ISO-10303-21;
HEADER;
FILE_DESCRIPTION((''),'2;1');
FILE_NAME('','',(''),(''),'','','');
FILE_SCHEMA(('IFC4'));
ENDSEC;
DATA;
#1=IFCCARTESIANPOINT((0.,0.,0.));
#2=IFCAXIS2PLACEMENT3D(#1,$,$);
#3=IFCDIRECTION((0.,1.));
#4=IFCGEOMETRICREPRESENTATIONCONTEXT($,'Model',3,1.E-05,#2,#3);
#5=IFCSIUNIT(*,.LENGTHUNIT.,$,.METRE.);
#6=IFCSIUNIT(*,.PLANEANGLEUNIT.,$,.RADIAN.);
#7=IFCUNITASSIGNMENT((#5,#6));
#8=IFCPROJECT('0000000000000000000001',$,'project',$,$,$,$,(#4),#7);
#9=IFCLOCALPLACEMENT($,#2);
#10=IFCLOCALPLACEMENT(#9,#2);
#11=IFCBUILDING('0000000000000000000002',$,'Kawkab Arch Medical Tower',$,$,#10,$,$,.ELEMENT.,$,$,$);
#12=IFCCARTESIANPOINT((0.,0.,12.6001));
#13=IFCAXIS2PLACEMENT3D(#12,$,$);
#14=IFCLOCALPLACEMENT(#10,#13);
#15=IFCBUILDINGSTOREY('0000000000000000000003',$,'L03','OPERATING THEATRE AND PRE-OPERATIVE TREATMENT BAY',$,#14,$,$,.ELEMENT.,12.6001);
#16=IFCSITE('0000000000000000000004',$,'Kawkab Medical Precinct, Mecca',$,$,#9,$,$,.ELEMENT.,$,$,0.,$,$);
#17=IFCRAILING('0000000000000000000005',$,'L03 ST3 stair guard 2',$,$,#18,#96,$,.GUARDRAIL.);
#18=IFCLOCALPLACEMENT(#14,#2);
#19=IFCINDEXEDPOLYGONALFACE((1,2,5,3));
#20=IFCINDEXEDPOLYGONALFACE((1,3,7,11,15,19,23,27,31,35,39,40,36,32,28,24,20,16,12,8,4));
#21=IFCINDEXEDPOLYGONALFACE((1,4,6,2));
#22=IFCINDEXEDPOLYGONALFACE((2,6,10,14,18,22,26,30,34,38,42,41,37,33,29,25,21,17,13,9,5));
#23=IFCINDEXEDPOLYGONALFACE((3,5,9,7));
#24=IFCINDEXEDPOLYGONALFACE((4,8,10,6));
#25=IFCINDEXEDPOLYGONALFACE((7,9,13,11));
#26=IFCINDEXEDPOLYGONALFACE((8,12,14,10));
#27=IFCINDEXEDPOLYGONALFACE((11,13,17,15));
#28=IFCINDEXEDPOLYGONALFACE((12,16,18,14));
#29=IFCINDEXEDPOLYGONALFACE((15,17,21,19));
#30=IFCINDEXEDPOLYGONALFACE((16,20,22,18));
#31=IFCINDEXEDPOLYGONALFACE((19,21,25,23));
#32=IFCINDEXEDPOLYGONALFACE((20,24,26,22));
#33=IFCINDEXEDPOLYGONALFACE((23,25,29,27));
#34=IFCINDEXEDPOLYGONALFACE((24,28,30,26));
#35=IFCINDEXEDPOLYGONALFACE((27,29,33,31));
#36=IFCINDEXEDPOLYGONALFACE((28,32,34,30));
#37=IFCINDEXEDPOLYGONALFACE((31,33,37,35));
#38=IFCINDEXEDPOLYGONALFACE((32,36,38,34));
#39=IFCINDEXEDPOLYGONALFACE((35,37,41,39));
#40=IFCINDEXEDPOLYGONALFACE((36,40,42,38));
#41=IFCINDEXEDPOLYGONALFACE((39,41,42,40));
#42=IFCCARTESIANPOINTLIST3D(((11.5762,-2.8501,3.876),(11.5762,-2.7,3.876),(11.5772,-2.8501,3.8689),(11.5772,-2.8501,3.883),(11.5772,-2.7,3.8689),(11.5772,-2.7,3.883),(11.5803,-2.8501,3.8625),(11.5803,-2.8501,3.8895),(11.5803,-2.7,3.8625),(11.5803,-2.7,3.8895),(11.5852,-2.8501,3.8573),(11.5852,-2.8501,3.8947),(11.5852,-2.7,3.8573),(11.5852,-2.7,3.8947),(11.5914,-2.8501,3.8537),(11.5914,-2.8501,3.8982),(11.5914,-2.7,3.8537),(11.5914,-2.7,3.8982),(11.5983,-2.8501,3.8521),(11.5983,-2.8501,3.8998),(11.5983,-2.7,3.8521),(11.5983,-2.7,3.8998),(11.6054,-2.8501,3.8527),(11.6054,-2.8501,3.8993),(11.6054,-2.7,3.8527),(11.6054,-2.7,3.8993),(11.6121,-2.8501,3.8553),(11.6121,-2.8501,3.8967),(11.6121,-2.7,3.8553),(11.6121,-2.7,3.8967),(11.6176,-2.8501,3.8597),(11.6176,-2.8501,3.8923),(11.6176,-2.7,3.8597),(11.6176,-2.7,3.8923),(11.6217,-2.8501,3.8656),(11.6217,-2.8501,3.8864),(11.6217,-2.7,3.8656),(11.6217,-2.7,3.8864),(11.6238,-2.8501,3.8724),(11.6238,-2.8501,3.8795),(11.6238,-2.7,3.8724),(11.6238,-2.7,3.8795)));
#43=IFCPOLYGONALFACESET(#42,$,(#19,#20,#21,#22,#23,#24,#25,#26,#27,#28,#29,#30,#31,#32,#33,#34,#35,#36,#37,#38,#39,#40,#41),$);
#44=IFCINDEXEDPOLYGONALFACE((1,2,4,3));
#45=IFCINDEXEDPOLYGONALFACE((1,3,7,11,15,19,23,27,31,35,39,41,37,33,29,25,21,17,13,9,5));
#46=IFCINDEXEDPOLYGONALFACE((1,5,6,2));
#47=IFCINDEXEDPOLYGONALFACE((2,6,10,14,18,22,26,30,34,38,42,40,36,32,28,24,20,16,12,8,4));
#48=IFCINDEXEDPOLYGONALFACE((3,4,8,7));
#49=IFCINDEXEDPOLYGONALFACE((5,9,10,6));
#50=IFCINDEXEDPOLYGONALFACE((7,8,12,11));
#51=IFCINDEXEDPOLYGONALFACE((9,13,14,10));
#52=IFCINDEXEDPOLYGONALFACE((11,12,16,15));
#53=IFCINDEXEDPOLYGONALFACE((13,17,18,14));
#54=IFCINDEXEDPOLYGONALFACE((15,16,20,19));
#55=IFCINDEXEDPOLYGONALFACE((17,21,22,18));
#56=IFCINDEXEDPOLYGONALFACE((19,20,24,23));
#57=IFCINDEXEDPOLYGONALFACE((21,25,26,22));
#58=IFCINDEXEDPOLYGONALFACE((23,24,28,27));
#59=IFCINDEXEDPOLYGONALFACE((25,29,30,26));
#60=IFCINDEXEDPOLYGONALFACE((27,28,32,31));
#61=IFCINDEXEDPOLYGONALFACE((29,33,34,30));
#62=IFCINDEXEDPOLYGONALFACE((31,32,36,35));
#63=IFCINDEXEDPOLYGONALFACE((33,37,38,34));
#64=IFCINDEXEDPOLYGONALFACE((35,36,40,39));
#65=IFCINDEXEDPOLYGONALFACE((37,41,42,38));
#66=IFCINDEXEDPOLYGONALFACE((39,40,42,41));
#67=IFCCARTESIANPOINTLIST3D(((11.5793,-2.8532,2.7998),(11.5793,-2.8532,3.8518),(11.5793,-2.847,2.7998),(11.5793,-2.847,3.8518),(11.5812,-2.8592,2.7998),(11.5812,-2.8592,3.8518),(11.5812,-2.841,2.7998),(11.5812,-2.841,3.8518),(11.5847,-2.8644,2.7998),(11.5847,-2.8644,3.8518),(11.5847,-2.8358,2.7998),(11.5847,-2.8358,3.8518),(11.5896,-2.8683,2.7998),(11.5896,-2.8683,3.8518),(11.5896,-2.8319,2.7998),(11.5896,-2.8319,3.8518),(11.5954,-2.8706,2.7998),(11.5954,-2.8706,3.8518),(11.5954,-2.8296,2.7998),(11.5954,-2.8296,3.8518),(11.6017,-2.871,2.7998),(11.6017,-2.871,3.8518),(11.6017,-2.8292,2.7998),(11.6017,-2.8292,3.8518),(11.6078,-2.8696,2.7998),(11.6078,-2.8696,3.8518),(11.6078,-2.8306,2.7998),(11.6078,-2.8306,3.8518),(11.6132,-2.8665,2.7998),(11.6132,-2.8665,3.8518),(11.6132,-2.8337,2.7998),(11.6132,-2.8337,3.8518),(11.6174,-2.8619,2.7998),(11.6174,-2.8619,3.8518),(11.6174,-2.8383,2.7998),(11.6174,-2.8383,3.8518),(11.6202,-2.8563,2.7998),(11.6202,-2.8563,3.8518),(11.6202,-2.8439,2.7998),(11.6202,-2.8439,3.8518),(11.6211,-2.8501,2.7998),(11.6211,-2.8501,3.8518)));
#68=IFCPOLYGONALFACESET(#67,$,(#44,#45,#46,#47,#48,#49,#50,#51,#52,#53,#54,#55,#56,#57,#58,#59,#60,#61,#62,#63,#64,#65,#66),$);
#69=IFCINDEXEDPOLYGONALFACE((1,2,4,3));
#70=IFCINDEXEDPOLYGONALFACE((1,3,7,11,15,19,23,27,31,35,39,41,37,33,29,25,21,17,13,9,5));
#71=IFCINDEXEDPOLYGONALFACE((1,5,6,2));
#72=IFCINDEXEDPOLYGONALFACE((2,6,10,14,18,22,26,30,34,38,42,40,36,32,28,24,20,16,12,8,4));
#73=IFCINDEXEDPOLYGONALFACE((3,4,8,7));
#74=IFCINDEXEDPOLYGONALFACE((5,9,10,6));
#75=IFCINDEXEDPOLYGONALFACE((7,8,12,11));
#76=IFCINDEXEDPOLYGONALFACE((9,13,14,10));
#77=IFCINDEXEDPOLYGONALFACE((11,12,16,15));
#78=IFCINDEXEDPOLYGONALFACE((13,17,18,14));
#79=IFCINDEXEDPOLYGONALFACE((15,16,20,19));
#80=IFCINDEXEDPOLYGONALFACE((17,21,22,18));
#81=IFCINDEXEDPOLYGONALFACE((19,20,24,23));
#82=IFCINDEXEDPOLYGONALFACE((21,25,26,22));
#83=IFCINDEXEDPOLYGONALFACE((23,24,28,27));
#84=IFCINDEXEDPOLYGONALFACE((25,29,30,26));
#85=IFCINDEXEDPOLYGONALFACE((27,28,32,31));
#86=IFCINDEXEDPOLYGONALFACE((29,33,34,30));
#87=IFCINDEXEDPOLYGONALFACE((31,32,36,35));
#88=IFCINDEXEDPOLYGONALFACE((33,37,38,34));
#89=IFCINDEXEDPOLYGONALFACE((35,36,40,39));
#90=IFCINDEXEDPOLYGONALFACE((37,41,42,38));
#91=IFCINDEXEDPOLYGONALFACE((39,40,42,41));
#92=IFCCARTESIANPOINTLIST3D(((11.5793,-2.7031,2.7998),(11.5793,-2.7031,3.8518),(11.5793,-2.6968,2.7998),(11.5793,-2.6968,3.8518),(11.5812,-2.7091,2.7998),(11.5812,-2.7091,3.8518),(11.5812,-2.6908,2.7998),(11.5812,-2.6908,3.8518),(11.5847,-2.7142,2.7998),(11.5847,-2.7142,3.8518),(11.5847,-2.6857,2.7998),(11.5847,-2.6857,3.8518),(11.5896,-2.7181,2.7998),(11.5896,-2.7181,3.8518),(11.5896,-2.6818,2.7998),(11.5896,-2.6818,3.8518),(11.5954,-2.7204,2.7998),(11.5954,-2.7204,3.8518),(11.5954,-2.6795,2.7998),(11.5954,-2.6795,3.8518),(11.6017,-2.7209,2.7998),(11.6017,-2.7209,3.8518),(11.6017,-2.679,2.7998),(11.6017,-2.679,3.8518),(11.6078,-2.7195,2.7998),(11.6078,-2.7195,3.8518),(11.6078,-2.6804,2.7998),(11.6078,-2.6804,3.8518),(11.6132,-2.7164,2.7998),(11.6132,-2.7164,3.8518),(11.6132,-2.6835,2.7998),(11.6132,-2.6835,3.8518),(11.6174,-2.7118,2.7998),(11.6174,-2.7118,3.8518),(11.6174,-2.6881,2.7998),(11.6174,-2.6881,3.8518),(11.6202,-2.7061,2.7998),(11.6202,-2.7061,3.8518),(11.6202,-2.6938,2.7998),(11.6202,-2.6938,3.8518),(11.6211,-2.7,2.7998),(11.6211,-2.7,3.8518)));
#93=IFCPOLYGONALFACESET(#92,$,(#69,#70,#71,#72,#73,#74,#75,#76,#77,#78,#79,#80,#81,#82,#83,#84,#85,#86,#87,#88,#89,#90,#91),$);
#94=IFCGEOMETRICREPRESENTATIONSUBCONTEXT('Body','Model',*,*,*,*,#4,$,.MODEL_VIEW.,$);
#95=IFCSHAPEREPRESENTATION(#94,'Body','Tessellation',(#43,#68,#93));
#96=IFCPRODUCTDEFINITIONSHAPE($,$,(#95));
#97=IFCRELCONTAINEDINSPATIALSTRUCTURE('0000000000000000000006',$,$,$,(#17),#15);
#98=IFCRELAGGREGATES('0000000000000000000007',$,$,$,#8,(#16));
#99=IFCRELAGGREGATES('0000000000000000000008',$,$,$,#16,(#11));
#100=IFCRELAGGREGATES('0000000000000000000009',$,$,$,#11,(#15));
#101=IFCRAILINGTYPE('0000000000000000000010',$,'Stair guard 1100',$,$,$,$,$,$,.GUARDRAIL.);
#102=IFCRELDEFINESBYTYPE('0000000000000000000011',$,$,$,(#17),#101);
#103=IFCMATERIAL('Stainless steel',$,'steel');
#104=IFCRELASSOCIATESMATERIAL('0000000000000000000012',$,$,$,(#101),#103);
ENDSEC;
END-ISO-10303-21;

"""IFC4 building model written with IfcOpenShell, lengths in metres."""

from ifc_helpers import new_model, si_unit, direction, frame, origin, origin_2d, place, context, subcontext, project, spatial, circle, extrude, material, type_object, element, save


model = new_model("IFC4")

# Units and contexts
model_context = context("Model", 3, precision=1e-05, world=origin(), true_north=direction((0.0, 1.0)))
body_context = subcontext(model_context, "Body", "Model", "MODEL_VIEW")
ifc_project = project(units=[si_unit("LENGTHUNIT", "METRE"), si_unit("PLANEANGLEUNIT", "RADIAN")], contexts=[model_context])

# Site, building, storey
site_placement = place(None, origin())
site = spatial("IfcSite", under=ifc_project, at=site_placement, Name="Kawkab Medical Precinct, Mecca", CompositionType="ELEMENT", RefElevation=0.0)
building_placement = place(site_placement, origin())
building = spatial("IfcBuilding", under=site, at=building_placement, Name="Kawkab Arch Medical Tower", CompositionType="ELEMENT")
storey_placement = place(building_placement, frame((0.0, 0.0, 12.6001)))
storey = spatial("IfcBuildingStorey", under=building, at=storey_placement, Name="L03", Description="OPERATING THEATRE AND PRE-OPERATIVE TREATMENT BAY", CompositionType="ELEMENT", Elevation=12.6001)

# Railing
ifc_material_1 = material(Name="Stainless steel", Category="steel")
railing_type = type_object("IfcRailingType", Name="Stair guard 1100", PredefinedType="GUARDRAIL", material=ifc_material_1)
railing_1_placement = place(storey_placement, frame((11.6001, -2.8501, 2.7998)))
element("IfcRailing", 1, at=railing_1_placement, inside=storey, type_object=railing_type, Name="L03 ST3 stair guard 2", PredefinedType="GUARDRAIL", context=body_context, shape_type="SweptSolid", body=[
    extrude(circle(Radius=0.0239, at=origin_2d()), frame((0.0, 0.0, 1.0762), z_axis=(0.0, 1.0, 0.0), x_axis=(-1.0, 0.0, 0.0)), (0.0, 0.0, 1.0), 0.1501),
    extrude(circle(Radius=0.021, at=origin_2d()), origin(), (0.0, 0.0, 1.0), 1.052),
    extrude(circle(Radius=0.021, at=origin_2d()), frame((0.0, 0.1501, 0.0)), (0.0, 0.0, 1.0), 1.052),
])

save(model, "model.ifc")
